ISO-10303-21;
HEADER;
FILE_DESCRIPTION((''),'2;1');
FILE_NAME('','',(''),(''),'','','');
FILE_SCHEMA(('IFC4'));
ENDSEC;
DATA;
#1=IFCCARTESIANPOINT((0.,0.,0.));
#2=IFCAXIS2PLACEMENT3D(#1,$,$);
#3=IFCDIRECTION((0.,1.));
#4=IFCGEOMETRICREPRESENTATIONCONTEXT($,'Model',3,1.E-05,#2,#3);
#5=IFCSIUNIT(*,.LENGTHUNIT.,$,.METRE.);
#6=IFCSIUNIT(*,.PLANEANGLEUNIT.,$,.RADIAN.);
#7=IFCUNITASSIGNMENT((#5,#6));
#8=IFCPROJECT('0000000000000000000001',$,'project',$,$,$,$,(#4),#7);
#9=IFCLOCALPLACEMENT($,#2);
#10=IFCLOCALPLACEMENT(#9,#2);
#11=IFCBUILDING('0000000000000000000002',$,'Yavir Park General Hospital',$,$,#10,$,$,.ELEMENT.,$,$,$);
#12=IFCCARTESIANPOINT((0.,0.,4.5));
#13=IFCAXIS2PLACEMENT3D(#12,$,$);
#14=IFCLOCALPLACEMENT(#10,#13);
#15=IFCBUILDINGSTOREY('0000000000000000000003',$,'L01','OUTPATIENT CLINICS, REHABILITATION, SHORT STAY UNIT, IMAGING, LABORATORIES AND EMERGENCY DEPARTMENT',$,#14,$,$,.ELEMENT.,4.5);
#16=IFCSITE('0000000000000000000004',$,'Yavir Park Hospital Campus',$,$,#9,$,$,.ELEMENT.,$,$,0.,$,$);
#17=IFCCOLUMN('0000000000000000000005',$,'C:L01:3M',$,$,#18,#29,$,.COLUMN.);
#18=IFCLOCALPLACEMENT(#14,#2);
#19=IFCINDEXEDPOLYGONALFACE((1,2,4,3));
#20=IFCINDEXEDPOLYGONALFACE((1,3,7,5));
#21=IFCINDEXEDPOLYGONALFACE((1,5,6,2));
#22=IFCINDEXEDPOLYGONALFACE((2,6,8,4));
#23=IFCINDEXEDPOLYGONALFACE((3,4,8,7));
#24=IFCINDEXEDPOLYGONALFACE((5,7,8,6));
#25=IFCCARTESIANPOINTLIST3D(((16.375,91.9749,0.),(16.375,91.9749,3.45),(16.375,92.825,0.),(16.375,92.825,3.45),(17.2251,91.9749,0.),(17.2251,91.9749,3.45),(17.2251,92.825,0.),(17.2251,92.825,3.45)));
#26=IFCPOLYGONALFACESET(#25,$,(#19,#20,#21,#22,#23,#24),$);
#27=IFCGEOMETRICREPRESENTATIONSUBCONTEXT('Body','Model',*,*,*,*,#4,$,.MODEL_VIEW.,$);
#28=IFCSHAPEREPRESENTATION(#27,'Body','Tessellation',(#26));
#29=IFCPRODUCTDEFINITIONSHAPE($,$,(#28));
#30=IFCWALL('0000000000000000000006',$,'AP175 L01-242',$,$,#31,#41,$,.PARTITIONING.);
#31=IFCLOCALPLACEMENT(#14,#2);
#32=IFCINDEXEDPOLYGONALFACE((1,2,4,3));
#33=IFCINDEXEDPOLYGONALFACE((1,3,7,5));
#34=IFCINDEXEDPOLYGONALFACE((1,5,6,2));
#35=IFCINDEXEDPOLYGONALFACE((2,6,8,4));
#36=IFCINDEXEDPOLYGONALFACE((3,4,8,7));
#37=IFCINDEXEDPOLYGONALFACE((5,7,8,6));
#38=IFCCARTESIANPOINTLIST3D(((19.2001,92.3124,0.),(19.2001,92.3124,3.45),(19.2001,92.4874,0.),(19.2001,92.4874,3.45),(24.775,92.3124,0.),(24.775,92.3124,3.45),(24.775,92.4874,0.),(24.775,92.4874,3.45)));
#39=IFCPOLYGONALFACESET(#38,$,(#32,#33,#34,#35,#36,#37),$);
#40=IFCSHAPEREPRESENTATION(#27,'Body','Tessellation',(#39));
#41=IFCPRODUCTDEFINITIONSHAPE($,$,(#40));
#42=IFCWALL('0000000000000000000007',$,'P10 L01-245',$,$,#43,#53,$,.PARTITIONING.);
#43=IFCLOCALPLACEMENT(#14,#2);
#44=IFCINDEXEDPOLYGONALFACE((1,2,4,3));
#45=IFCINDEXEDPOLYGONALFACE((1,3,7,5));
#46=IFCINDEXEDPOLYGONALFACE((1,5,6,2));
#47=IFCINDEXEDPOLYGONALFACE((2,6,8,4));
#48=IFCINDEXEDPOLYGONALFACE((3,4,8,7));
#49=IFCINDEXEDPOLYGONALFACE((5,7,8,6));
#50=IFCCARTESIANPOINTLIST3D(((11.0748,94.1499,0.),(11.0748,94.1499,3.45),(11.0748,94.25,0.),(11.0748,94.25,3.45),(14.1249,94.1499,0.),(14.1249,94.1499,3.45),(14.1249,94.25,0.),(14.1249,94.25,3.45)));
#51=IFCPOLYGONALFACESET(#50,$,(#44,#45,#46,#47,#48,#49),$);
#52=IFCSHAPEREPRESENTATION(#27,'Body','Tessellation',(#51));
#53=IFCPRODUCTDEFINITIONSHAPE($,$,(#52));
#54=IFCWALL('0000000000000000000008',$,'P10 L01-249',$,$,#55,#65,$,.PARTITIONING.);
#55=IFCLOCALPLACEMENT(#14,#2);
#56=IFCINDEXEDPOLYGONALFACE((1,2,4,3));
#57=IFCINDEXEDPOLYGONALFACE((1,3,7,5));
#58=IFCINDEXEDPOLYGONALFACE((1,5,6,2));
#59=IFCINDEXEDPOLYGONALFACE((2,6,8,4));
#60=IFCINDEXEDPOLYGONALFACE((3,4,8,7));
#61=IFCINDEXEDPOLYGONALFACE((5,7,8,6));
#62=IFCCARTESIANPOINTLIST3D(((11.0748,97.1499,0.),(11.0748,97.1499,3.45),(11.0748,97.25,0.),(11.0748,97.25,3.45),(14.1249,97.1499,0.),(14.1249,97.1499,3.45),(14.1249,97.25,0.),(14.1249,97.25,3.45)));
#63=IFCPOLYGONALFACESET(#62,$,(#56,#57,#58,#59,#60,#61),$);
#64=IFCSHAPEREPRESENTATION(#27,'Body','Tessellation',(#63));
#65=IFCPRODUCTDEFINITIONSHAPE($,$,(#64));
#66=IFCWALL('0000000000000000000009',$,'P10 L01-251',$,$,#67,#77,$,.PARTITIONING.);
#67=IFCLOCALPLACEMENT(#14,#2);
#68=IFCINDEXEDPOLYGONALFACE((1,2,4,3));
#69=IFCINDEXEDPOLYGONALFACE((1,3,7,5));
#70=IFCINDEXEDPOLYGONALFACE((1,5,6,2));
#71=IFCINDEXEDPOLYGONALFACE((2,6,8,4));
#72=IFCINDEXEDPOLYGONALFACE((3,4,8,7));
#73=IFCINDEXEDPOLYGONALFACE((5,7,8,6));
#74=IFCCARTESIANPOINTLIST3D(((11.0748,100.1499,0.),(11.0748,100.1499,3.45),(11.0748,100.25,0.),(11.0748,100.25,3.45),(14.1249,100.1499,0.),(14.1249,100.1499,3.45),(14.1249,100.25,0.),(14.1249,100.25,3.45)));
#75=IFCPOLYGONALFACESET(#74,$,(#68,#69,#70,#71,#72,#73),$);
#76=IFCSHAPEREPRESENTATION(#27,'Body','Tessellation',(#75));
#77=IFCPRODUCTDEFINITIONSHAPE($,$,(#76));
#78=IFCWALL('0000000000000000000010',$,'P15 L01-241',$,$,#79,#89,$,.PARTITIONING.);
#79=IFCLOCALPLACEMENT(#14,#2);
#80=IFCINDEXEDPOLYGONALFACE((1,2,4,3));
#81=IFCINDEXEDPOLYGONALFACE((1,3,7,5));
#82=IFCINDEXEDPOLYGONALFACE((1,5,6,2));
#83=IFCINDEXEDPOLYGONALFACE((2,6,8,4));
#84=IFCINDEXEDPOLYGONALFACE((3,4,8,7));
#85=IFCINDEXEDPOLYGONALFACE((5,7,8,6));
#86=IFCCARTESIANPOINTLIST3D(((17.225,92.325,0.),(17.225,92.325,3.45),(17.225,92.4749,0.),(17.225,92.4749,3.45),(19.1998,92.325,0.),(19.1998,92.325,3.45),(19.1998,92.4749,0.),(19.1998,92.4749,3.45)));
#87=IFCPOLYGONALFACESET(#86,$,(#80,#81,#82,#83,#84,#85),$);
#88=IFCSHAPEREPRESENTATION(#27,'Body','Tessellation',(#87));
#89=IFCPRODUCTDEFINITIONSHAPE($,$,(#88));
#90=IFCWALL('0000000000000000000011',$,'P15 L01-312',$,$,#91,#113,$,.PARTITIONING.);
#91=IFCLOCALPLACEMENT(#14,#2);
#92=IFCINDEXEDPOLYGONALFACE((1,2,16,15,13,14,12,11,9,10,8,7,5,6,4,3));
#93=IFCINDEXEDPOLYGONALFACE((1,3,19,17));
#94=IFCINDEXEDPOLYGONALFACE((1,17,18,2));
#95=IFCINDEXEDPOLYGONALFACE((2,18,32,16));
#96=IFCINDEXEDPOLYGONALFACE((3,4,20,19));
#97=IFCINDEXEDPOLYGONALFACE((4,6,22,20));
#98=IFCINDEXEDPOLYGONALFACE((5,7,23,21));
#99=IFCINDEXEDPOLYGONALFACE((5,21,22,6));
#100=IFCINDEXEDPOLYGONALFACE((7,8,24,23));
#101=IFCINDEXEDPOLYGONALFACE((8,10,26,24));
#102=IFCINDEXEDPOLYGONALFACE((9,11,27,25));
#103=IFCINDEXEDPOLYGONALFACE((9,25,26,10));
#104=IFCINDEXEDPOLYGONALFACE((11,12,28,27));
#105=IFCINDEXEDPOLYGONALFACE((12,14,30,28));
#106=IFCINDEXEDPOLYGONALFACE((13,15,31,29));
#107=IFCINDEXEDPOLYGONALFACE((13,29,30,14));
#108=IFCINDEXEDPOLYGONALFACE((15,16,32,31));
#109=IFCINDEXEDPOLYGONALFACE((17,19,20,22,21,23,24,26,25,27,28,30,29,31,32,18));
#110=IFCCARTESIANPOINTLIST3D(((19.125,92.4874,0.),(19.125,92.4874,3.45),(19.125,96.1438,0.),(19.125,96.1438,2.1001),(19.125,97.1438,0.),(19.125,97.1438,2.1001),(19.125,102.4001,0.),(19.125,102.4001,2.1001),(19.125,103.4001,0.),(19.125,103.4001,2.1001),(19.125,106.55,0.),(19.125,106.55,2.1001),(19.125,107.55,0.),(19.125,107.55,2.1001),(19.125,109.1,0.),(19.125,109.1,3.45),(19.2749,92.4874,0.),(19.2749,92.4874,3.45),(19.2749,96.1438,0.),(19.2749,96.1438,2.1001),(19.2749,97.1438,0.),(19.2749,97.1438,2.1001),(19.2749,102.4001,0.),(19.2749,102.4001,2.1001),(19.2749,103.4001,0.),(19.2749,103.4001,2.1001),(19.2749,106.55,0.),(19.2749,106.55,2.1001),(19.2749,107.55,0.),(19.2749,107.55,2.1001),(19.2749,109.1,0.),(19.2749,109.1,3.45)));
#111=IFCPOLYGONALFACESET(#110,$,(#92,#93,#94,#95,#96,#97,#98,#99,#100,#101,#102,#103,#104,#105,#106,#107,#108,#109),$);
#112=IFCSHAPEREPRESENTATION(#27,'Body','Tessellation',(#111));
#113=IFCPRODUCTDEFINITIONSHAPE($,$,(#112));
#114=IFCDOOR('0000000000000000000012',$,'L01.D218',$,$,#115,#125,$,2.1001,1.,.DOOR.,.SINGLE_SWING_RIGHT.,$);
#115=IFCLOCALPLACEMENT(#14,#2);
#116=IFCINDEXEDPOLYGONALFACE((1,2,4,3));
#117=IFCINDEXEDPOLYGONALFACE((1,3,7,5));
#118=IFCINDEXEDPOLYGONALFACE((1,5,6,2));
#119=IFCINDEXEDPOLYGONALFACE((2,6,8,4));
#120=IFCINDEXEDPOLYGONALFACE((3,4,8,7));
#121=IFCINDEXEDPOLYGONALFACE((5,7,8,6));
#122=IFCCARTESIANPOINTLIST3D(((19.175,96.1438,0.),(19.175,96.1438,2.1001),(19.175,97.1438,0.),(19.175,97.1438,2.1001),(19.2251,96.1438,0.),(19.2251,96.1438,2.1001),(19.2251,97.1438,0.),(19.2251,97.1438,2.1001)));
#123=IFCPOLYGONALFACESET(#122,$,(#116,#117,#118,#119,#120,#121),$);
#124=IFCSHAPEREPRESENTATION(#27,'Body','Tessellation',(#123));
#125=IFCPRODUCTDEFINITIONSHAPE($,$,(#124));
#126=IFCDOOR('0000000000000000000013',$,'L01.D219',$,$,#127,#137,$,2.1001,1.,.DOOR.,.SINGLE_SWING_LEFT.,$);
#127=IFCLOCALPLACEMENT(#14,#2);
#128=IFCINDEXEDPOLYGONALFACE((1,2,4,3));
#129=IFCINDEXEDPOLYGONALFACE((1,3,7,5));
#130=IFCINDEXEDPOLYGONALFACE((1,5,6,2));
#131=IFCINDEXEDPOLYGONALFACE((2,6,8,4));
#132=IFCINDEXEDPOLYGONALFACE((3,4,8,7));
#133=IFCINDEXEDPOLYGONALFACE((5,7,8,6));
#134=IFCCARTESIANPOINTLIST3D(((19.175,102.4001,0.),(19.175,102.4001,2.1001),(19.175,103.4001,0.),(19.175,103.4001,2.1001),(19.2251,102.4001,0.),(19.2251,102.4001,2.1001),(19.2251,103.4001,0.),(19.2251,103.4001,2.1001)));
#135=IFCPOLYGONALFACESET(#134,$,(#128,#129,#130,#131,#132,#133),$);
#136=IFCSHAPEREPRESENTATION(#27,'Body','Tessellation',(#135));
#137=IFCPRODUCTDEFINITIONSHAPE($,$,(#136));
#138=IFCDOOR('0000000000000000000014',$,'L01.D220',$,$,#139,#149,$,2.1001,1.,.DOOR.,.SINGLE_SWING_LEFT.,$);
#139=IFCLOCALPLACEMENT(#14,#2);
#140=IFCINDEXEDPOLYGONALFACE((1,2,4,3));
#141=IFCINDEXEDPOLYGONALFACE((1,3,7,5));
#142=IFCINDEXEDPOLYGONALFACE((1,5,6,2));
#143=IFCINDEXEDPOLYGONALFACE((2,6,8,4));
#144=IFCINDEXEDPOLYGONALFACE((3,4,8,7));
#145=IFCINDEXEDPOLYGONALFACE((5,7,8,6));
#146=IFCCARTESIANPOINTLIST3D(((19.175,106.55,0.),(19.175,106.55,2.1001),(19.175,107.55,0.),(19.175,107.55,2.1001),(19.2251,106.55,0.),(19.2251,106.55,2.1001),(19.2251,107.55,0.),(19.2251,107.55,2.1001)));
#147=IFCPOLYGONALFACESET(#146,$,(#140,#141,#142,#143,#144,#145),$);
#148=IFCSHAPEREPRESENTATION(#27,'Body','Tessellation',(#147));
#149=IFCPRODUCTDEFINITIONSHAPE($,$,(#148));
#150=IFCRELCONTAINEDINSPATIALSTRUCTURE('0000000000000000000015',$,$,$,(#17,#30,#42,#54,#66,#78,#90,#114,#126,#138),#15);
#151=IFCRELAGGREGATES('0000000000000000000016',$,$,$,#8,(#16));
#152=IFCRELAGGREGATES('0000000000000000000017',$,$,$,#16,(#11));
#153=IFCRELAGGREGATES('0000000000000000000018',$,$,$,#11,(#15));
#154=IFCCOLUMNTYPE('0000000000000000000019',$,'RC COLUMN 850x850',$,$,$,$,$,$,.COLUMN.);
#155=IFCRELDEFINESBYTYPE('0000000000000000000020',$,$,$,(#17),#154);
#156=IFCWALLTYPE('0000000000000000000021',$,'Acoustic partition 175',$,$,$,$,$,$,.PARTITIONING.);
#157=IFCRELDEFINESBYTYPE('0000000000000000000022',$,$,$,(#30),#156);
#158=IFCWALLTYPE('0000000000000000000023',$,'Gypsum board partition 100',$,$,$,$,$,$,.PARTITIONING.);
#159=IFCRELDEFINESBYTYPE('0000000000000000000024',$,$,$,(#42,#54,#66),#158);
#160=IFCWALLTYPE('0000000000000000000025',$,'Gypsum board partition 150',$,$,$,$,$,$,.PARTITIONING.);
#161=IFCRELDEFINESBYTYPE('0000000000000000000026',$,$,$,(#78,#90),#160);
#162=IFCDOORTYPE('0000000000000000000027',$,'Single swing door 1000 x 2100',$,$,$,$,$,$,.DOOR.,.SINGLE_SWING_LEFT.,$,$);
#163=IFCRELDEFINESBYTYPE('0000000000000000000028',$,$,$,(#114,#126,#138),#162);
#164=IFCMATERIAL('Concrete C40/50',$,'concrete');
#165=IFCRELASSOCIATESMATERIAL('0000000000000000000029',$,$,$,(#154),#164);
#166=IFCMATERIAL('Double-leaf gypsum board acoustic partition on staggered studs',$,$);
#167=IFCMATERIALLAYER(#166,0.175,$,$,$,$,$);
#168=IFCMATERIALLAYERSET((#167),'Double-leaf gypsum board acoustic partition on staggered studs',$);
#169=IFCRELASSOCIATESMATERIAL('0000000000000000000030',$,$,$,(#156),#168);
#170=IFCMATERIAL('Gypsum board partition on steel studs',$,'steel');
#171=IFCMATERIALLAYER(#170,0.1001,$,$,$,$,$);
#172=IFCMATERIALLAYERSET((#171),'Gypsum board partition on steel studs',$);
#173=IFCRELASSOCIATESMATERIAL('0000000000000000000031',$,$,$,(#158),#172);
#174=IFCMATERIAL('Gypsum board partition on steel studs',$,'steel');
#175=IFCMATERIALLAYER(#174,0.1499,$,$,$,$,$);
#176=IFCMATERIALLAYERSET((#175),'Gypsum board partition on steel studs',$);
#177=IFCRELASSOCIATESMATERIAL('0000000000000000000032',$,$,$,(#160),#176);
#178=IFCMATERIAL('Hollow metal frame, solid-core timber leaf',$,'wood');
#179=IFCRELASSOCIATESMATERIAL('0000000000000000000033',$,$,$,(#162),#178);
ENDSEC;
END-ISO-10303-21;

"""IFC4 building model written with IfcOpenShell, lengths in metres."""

from ifc_helpers import new_model, si_unit, direction, frame, frame_2d, origin, origin_2d, place, context, subcontext, project, spatial, rectangle, extrude, material, layer, layer_set, material_profile, profile_set, type_object, element, fill, save


model = new_model("IFC4")

# Units and contexts
model_context = context("Model", 3, precision=1e-05, world=origin(), true_north=direction((0.0, 1.0)))
body_context = subcontext(model_context, "Body", "Model", "MODEL_VIEW")
ifc_project = project(units=[si_unit("LENGTHUNIT", "METRE"), si_unit("PLANEANGLEUNIT", "RADIAN")], contexts=[model_context])

# Site, building, storey
site_placement = place(None, origin())
site = spatial("IfcSite", under=ifc_project, at=site_placement, Name="Yavir Park Hospital Campus", CompositionType="ELEMENT", RefElevation=0.0)
building_placement = place(site_placement, origin())
building = spatial("IfcBuilding", under=site, at=building_placement, Name="Yavir Park General Hospital", CompositionType="ELEMENT")
storey_placement = place(building_placement, frame((0.0, 0.0, 4.5)))
storey = spatial("IfcBuildingStorey", under=building, at=storey_placement, Name="L01", Description="OUTPATIENT CLINICS, REHABILITATION, SHORT STAY UNIT, IMAGING, LABORATORIES AND EMERGENCY DEPARTMENT", CompositionType="ELEMENT", Elevation=4.5)

# Column
ifc_material_1 = material(Name="Concrete C40/50", Category="concrete")
ifc_material_profile = material_profile(ifc_material_1, rectangle(XDim=0.8501, YDim=0.8501, at=origin_2d()), Name="RC850x850")
ifc_profile_set = profile_set([ifc_material_profile], Name="Concrete C40/50")
column_type = type_object("IfcColumnType", Name="RC COLUMN 850x850", PredefinedType="COLUMN", material=ifc_profile_set)
column_placement = place(storey_placement, frame((16.8, 92.3999, 0.0), z_axis=(0.0, 0.0, 1.0), x_axis=(1.0, 0.0, 0.0)))
element("IfcColumn", 1, at=column_placement, inside=storey, type_object=column_type, Name="C:L01:3M", PredefinedType="COLUMN", context=body_context, shape_type="SweptSolid", body=[
    extrude(rectangle(XDim=0.8501, YDim=0.8501, at=origin_2d()), origin(), (0.0, 0.0, 1.0), 3.45),
])

# Walls
ifc_material_2 = material(Name="Double-leaf gypsum board acoustic partition on staggered studs")
ifc_layer_1 = layer(ifc_material_2, 0.175)
ifc_layer_set_1 = layer_set([ifc_layer_1], Name="Double-leaf gypsum board acoustic partition on staggered studs")
wall_type_1 = type_object("IfcWallType", Name="Acoustic partition 175", PredefinedType="PARTITIONING", material=ifc_layer_set_1)
wall_1_placement = place(storey_placement, frame((19.2, 92.3999, 0.0), z_axis=(0.0, 0.0, 1.0), x_axis=(1.0, 0.0, 0.0)))
element("IfcWall", 2, at=wall_1_placement, inside=storey, type_object=wall_type_1, Name="AP175 L01-242", PredefinedType="PARTITIONING", context=body_context, shape_type="SweptSolid", body=[
    extrude(rectangle(XDim=5.575, YDim=0.175, at=frame_2d((2.7876, 0.0))), origin(), (0.0, 0.0, 1.0), 3.45),
])
ifc_material_3 = material(Name="Gypsum board partition on steel studs", Category="steel")
ifc_layer_2 = layer(ifc_material_3, 0.1001)
ifc_layer_set_2 = layer_set([ifc_layer_2], Name="Gypsum board partition on steel studs")
wall_type_2 = type_object("IfcWallType", Name="Gypsum board partition 100", PredefinedType="PARTITIONING", material=ifc_layer_set_2)
for number, where, z_axis, x_axis, name in (
    (3, (11.075, 94.2, 0.0), (0.0, 0.0, 1.0), (1.0, 0.0, 0.0), "P10 L01-245"),
    (4, (11.075, 97.2, 0.0), (0.0, 0.0, 1.0), (1.0, 0.0, 0.0), "P10 L01-249"),
    (5, (11.075, 100.2, 0.0), (0.0, 0.0, 1.0), (1.0, 0.0, 0.0), "P10 L01-251"),
):
    element("IfcWall", number, at=place(storey_placement, frame(where, z_axis=z_axis, x_axis=x_axis)), inside=storey, type_object=wall_type_2, Name=name, PredefinedType="PARTITIONING", context=body_context, shape_type="SweptSolid", body=[
        extrude(rectangle(XDim=3.05, YDim=0.1001, at=frame_2d((1.5249, 0.0))), origin(), (0.0, 0.0, 1.0), 3.45),
    ])
ifc_material_4 = material(Name="Gypsum board partition on steel studs", Category="steel")
ifc_layer_3 = layer(ifc_material_4, 0.1499)
ifc_layer_set_3 = layer_set([ifc_layer_3], Name="Gypsum board partition on steel studs")
wall_type_3 = type_object("IfcWallType", Name="Gypsum board partition 150", PredefinedType="PARTITIONING", material=ifc_layer_set_3)
wall_2_placement = place(storey_placement, frame((17.2251, 92.3999, 0.0), z_axis=(0.0, 0.0, 1.0), x_axis=(1.0, 0.0, 0.0)))
element("IfcWall", 6, at=wall_2_placement, inside=storey, type_object=wall_type_3, Name="P15 L01-241", PredefinedType="PARTITIONING", context=body_context, shape_type="SweptSolid", body=[
    extrude(rectangle(XDim=1.9749, YDim=0.1499, at=frame_2d((0.9873, 0.0))), origin(), (0.0, 0.0, 1.0), 3.45),
])

# Wall, openings, doors
wall_3_placement = place(storey_placement, frame((19.2, 92.4875, 0.0), z_axis=(0.0, 0.0, 1.0), x_axis=(0.0, 1.0, 0.0)))
wall_3 = element("IfcWall", 7, at=wall_3_placement, inside=storey, type_object=wall_type_3, Name="P15 L01-312", PredefinedType="PARTITIONING", context=body_context, shape_type="SweptSolid", body=[
    extrude(rectangle(XDim=16.6125, YDim=0.1499, at=frame_2d((8.3062, 0.0))), origin(), (0.0, 0.0, 1.0), 3.45),
])
opening_1_placement = place(wall_3_placement, frame((3.6562, 0.0, 0.0)))
opening_1 = element("IfcOpeningElement", 8, at=opening_1_placement, cuts=wall_3, PredefinedType="OPENING", context=body_context, shape_type="SweptSolid", body=[
    extrude(rectangle(XDim=1.0, YDim=2.1001, at=frame_2d((0.5, 1.05))), frame((0.0, 0.085, 0.0), z_axis=(0.0, -1.0, 0.0), x_axis=(1.0, 0.0, 0.0)), (0.0, 0.0, 1.0), 0.1699),
])
opening_2_placement = place(wall_3_placement, frame((9.9126, 0.0, 0.0)))
opening_2 = element("IfcOpeningElement", 9, at=opening_2_placement, cuts=wall_3, PredefinedType="OPENING", context=body_context, shape_type="SweptSolid", body=[
    extrude(rectangle(XDim=1.0, YDim=2.1001, at=frame_2d((0.5, 1.05))), frame((0.0, 0.085, 0.0), z_axis=(0.0, -1.0, 0.0), x_axis=(1.0, 0.0, 0.0)), (0.0, 0.0, 1.0), 0.1699),
])
opening_3_placement = place(wall_3_placement, frame((14.0625, 0.0, 0.0)))
opening_3 = element("IfcOpeningElement", 10, at=opening_3_placement, cuts=wall_3, PredefinedType="OPENING", context=body_context, shape_type="SweptSolid", body=[
    extrude(rectangle(XDim=1.0, YDim=2.1001, at=frame_2d((0.5, 1.05))), frame((0.0, 0.085, 0.0), z_axis=(0.0, -1.0, 0.0), x_axis=(1.0, 0.0, 0.0)), (0.0, 0.0, 1.0), 0.1699),
])
ifc_material_5 = material(Name="Hollow metal frame, solid-core timber leaf", Category="wood")
door_type = type_object("IfcDoorType", Name="Single swing door 1000 x 2100", OperationType="SINGLE_SWING_LEFT", PredefinedType="DOOR", material=ifc_material_5)
door_1_placement = place(opening_1_placement, origin())
door_1 = element("IfcDoor", 11, at=door_1_placement, inside=storey, type_object=door_type, Name="L01.D218", OperationType="SINGLE_SWING_RIGHT", OverallHeight=2.1001, OverallWidth=1.0, PredefinedType="DOOR", context=body_context, shape_type="SweptSolid", body=[
    extrude(rectangle(XDim=1.0, YDim=2.1001, at=frame_2d((0.5, 1.05))), frame((0.0, 0.0249, 0.0), z_axis=(0.0, -1.0, 0.0), x_axis=(1.0, 0.0, 0.0)), (0.0, 0.0, 1.0), 0.05),
])
fill(opening_1, door_1)
door_2_placement = place(opening_2_placement, origin())
door_2 = element("IfcDoor", 12, at=door_2_placement, inside=storey, type_object=door_type, Name="L01.D219", OperationType="SINGLE_SWING_LEFT", OverallHeight=2.1001, OverallWidth=1.0, PredefinedType="DOOR", context=body_context, shape_type="SweptSolid", body=[
    extrude(rectangle(XDim=1.0, YDim=2.1001, at=frame_2d((0.5, 1.05))), frame((0.0, 0.0249, 0.0), z_axis=(0.0, -1.0, 0.0), x_axis=(1.0, 0.0, 0.0)), (0.0, 0.0, 1.0), 0.05),
])
fill(opening_2, door_2)
door_3_placement = place(opening_3_placement, origin())
door_3 = element("IfcDoor", 13, at=door_3_placement, inside=storey, type_object=door_type, Name="L01.D220", OperationType="SINGLE_SWING_LEFT", OverallHeight=2.1001, OverallWidth=1.0, PredefinedType="DOOR", context=body_context, shape_type="SweptSolid", body=[
    extrude(rectangle(XDim=1.0, YDim=2.1001, at=frame_2d((0.5, 1.05))), frame((0.0, 0.0249, 0.0), z_axis=(0.0, -1.0, 0.0), x_axis=(1.0, 0.0, 0.0)), (0.0, 0.0, 1.0), 0.05),
])
fill(opening_3, door_3)

save(model, "model.ifc")
